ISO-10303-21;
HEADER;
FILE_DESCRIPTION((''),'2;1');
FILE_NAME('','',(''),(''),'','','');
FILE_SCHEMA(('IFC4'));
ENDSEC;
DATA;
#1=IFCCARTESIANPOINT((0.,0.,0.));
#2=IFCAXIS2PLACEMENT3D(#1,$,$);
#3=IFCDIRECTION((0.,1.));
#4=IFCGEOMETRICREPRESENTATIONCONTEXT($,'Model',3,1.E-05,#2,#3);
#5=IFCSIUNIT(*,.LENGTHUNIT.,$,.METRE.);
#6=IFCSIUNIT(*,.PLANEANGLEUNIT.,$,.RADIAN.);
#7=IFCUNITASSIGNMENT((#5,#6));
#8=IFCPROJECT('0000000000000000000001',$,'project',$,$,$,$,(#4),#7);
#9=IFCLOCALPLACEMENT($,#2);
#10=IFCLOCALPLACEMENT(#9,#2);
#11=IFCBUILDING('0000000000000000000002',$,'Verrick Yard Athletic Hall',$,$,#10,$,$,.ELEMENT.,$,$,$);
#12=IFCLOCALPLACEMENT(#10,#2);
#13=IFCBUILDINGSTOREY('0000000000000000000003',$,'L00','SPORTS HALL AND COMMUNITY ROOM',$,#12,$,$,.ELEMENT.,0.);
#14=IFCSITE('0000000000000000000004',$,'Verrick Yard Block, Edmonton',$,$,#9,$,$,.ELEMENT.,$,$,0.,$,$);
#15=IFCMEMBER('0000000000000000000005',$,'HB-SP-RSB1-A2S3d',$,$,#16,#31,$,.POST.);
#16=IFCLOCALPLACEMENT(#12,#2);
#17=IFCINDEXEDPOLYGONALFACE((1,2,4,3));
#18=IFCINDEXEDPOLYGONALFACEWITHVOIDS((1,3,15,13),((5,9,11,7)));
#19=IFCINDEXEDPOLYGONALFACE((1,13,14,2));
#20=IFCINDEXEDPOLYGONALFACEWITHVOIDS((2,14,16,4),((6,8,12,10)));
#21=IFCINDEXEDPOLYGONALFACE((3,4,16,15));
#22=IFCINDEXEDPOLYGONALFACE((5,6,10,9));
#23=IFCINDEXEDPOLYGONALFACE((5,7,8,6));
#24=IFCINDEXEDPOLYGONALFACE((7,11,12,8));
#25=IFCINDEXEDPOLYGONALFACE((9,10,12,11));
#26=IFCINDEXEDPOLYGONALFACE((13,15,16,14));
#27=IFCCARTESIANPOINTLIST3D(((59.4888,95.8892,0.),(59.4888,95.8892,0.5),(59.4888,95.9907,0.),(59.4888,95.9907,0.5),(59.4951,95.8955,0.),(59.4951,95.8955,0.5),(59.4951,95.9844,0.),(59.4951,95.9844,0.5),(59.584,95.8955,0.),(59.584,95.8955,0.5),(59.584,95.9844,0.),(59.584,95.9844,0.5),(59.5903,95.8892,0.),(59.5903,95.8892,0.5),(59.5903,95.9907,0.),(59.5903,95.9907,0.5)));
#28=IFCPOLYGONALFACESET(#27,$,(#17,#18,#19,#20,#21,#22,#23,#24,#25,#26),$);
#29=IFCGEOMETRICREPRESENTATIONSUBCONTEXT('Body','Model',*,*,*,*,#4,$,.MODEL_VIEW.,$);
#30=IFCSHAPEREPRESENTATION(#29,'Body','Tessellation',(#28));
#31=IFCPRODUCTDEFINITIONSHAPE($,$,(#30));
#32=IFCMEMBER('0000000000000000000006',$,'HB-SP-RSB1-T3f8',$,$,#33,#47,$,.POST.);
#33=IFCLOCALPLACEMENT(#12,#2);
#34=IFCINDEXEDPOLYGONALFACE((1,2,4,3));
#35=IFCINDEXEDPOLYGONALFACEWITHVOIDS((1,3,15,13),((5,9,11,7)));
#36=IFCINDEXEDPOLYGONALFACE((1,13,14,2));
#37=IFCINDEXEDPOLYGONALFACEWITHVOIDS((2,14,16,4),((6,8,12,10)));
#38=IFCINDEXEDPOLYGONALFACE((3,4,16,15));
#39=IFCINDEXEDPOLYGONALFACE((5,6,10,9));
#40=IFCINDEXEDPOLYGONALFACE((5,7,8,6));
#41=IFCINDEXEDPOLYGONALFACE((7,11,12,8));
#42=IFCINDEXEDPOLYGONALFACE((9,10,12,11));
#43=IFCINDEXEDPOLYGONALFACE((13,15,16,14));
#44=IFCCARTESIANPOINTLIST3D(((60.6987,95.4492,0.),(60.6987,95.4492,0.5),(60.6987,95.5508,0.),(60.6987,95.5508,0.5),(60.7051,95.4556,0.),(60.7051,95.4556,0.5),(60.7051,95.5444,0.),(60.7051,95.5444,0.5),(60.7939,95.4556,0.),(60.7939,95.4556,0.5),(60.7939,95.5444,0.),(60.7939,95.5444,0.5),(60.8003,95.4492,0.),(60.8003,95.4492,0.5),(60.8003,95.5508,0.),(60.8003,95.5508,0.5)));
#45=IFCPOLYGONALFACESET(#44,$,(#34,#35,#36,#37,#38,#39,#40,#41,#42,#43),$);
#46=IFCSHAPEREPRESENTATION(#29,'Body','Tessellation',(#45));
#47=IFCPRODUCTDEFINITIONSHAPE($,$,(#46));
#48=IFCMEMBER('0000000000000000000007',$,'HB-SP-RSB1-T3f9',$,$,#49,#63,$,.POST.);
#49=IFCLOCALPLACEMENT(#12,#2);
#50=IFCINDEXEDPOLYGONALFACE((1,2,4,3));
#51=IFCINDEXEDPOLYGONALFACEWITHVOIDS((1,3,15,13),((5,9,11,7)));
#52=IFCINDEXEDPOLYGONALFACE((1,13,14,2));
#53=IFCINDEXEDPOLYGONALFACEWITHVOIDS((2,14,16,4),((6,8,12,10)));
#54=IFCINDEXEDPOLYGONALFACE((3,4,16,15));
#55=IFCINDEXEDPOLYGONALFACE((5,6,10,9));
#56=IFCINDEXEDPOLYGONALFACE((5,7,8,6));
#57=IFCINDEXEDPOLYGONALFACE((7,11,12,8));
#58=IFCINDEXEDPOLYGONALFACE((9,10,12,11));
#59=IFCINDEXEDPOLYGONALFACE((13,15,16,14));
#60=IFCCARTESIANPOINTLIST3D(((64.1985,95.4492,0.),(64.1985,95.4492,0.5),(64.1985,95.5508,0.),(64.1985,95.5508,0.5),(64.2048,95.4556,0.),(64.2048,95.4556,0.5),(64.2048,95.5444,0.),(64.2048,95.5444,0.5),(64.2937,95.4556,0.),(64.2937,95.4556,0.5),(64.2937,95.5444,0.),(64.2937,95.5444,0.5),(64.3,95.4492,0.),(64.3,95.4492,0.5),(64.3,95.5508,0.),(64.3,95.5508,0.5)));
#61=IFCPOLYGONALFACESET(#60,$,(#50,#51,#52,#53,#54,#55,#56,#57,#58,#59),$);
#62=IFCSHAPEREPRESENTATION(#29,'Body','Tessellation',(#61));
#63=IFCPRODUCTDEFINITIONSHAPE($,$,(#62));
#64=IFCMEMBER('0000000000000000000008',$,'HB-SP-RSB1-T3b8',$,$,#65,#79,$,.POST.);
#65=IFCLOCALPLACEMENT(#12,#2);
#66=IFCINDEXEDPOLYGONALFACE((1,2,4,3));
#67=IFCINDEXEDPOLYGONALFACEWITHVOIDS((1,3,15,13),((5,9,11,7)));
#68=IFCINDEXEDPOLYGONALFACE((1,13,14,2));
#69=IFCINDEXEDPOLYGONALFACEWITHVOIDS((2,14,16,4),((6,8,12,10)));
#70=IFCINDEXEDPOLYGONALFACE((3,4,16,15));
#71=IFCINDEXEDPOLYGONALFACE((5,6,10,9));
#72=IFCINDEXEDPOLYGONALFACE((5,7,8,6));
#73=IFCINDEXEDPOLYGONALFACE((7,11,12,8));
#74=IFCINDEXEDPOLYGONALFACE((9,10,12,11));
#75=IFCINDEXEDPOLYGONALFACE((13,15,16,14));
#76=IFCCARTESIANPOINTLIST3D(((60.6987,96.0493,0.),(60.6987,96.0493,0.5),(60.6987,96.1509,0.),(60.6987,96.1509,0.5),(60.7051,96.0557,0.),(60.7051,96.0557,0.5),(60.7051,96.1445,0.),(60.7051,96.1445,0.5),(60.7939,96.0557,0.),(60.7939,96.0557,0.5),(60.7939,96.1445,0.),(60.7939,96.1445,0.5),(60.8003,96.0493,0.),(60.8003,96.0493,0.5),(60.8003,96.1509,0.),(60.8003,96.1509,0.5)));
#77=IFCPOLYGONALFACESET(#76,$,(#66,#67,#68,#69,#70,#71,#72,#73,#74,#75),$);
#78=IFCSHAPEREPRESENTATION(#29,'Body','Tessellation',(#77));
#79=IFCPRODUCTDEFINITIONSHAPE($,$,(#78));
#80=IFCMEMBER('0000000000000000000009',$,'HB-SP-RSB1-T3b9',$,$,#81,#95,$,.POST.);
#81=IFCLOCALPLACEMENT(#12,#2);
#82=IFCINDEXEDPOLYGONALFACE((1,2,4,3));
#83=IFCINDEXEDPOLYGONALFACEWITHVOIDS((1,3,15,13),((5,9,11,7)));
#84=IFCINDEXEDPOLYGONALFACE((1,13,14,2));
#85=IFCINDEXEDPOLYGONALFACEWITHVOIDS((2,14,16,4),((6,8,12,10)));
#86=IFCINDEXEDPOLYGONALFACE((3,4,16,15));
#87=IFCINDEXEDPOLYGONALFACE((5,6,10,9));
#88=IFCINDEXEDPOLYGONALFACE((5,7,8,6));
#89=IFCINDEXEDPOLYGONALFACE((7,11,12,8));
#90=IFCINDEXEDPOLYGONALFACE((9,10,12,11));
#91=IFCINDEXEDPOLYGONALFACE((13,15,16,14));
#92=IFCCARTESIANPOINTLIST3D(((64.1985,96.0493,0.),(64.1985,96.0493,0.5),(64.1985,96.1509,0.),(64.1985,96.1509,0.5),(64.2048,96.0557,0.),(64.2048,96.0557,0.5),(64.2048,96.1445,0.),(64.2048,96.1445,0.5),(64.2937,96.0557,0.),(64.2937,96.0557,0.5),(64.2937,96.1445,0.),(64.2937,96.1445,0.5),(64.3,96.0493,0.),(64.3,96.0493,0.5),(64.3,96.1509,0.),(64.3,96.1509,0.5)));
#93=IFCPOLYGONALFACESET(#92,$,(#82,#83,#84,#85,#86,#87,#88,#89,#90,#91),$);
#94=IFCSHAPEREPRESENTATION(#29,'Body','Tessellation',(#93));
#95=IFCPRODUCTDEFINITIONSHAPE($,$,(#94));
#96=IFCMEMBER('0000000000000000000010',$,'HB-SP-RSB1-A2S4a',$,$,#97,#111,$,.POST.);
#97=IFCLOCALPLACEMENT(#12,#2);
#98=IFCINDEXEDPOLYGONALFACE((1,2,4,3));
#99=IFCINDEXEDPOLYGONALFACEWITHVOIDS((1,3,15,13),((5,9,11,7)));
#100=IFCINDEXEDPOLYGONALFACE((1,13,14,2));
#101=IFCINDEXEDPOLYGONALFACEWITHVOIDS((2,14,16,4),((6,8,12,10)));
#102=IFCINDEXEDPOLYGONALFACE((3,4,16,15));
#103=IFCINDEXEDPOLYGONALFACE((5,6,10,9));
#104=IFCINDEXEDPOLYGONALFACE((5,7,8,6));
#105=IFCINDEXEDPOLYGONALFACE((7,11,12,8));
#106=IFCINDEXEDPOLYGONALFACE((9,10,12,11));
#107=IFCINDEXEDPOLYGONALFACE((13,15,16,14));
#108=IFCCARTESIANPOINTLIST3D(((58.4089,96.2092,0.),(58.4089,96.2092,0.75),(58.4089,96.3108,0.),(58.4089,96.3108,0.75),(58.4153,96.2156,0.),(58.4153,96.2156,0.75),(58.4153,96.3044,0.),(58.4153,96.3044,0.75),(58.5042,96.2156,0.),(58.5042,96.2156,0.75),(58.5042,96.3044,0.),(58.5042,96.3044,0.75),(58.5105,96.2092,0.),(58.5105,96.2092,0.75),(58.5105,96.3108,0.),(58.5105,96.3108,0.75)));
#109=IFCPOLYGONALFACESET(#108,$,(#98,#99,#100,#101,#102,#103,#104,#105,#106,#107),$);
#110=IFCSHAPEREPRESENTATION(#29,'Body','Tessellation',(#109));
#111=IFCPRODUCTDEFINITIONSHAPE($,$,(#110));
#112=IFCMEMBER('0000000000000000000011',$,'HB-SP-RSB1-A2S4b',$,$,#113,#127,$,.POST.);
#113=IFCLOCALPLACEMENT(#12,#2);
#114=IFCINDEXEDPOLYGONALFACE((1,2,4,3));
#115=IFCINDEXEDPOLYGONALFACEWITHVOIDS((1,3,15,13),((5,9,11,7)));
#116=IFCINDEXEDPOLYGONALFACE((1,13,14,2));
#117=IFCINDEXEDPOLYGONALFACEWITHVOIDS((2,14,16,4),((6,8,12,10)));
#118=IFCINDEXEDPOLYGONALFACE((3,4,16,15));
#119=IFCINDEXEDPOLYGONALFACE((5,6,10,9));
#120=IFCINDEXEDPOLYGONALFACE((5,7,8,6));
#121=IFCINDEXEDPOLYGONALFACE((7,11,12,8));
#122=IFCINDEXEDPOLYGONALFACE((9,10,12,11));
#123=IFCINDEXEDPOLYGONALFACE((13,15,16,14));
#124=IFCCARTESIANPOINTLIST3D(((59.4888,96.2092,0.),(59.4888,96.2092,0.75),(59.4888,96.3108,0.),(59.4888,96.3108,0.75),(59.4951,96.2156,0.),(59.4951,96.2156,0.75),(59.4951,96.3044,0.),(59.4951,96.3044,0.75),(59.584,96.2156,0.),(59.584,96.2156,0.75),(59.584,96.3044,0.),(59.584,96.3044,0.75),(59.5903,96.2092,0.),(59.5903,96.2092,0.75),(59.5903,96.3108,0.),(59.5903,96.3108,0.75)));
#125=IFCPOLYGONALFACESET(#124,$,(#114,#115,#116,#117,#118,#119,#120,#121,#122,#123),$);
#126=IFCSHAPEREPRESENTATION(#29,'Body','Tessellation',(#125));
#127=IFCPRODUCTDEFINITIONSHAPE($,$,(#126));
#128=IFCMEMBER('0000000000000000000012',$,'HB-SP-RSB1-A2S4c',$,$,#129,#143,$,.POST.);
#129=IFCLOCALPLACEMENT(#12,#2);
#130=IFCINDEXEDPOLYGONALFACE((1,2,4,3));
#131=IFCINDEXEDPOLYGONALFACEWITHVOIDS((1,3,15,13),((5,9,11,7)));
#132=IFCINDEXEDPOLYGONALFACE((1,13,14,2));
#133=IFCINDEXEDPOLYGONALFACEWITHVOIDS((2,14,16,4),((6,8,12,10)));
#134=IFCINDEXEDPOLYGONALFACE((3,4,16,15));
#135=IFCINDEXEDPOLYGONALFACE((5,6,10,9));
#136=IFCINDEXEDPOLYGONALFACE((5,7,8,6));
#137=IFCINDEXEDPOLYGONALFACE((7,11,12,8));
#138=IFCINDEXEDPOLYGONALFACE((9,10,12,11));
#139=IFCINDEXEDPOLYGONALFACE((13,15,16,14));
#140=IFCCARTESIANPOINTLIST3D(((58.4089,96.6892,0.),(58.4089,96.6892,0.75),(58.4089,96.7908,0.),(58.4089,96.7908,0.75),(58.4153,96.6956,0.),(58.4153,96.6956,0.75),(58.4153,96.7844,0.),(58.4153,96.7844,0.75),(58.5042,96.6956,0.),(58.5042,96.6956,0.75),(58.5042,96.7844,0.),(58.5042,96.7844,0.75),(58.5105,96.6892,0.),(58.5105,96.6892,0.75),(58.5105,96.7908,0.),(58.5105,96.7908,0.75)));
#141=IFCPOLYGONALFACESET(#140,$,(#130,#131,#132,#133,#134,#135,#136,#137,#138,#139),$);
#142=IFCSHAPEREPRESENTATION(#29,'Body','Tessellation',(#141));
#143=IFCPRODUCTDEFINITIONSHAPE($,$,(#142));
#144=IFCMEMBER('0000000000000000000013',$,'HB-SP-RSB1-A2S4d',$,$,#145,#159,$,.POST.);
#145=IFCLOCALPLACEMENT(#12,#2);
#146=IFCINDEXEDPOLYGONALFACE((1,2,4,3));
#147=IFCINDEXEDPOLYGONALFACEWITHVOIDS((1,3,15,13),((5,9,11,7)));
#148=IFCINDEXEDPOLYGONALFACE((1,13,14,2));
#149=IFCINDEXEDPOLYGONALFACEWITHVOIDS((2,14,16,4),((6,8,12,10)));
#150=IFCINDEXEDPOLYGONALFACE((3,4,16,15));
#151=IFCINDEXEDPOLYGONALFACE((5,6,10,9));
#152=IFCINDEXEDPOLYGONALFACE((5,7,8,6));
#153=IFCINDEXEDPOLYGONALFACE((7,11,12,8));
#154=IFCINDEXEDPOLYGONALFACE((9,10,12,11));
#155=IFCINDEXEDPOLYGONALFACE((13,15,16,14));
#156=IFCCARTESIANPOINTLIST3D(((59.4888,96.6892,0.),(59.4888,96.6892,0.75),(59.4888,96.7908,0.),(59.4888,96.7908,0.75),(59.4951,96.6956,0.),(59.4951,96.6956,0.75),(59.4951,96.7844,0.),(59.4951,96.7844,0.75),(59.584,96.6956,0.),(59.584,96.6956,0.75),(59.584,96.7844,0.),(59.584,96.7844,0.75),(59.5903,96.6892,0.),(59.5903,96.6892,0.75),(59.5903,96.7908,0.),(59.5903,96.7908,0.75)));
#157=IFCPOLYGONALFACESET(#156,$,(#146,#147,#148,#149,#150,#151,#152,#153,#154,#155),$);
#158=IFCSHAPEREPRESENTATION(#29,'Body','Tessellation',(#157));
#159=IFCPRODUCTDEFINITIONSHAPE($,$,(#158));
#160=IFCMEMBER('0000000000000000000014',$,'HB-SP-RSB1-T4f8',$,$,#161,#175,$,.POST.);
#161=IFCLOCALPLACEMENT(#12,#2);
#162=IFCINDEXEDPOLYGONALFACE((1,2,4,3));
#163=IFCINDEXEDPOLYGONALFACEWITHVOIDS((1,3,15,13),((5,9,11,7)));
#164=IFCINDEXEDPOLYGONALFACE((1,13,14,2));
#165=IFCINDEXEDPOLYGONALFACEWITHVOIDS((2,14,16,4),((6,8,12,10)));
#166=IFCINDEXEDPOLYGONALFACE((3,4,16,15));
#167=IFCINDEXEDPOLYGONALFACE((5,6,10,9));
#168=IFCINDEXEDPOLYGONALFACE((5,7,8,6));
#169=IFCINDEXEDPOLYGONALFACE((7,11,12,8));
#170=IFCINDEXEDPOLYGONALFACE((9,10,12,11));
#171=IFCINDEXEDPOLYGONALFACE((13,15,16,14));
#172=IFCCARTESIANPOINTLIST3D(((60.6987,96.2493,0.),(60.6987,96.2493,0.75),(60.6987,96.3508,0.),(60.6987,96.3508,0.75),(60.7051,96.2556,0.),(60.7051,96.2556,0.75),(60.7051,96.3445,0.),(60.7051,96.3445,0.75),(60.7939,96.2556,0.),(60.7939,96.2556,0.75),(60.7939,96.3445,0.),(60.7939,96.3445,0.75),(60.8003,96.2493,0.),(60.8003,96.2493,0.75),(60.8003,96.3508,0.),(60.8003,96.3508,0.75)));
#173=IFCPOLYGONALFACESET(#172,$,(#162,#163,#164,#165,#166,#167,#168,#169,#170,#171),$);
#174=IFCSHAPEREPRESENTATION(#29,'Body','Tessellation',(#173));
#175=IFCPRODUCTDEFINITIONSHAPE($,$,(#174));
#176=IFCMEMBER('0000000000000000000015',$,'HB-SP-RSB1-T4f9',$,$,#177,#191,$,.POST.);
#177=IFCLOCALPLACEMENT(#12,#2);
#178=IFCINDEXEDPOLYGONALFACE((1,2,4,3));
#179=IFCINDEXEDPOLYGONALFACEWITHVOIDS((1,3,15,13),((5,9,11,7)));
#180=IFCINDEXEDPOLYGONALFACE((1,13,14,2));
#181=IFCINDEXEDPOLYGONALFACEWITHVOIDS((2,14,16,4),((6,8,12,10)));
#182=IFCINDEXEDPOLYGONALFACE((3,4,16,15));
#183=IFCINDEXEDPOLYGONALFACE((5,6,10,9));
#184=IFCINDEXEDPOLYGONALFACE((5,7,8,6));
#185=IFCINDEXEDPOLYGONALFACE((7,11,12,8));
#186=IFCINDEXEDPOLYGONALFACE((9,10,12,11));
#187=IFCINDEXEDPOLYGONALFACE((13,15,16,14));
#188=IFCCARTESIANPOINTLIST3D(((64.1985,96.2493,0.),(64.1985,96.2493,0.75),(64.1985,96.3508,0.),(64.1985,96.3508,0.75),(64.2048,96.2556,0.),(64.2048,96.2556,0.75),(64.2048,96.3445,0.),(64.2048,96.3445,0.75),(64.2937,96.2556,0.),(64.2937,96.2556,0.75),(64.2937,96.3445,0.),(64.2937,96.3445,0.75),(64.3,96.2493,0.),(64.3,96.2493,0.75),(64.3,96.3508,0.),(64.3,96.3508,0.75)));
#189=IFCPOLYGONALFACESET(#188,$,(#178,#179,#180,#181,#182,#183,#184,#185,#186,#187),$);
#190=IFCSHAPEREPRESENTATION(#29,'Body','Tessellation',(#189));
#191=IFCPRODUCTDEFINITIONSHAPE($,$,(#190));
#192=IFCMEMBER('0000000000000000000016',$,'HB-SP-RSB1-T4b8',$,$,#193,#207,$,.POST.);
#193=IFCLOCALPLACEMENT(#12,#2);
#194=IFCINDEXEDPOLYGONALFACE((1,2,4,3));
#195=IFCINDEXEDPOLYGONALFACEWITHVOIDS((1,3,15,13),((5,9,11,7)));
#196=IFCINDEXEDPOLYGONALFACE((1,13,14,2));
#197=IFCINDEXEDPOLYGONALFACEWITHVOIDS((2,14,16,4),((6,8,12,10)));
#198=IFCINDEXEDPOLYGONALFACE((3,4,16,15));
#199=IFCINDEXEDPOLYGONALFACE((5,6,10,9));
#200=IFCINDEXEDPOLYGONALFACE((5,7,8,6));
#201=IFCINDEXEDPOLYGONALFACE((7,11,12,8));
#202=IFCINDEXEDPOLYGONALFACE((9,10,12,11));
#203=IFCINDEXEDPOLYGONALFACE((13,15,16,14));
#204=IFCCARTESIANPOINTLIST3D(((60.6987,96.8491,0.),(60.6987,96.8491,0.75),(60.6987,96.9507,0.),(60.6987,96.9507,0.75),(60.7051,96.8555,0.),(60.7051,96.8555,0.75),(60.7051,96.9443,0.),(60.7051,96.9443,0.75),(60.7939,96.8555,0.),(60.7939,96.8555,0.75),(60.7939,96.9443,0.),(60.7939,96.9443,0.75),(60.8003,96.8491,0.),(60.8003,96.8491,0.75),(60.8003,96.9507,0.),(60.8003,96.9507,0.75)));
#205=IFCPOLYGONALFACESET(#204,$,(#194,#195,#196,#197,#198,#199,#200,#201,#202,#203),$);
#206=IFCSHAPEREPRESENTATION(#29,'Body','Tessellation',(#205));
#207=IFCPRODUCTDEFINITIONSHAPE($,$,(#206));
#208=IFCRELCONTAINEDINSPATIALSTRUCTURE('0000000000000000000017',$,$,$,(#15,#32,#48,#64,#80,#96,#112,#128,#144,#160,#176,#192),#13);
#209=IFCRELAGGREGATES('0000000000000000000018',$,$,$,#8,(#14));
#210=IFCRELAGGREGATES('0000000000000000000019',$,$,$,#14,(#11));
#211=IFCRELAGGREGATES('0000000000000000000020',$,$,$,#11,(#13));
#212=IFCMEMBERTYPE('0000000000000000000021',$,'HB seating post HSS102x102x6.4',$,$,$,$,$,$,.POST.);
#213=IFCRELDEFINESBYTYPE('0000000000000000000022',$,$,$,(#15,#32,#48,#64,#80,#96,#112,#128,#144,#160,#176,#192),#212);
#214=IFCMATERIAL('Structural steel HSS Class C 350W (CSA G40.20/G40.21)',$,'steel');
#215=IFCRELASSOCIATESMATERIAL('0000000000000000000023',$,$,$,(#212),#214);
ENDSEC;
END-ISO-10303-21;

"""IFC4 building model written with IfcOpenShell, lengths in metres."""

from ifc_helpers import new_model, si_unit, direction, frame, origin, origin_2d, place, context, subcontext, project, spatial, hollow_rectangle, extrude, material, material_profile, profile_set, type_object, element, save


model = new_model("IFC4")

# Units and contexts
model_context = context("Model", 3, precision=1e-05, world=origin(), true_north=direction((0.0, 1.0)))
body_context = subcontext(model_context, "Body", "Model", "MODEL_VIEW")
ifc_project = project(units=[si_unit("LENGTHUNIT", "METRE"), si_unit("PLANEANGLEUNIT", "RADIAN")], contexts=[model_context])

# Site, building, storey
site_placement = place(None, origin())
site = spatial("IfcSite", under=ifc_project, at=site_placement, Name="Verrick Yard Block, Edmonton", CompositionType="ELEMENT", RefElevation=0.0)
building_placement = place(site_placement, origin())
building = spatial("IfcBuilding", under=site, at=building_placement, Name="Verrick Yard Athletic Hall", CompositionType="ELEMENT")
storey_placement = place(building_placement, origin())
storey = spatial("IfcBuildingStorey", under=building, at=storey_placement, Name="L00", Description="SPORTS HALL AND COMMUNITY ROOM", CompositionType="ELEMENT", Elevation=0.0)

# Members
ifc_material = material(Name="Structural steel HSS Class C 350W (CSA G40.20/G40.21)", Category="steel")
ifc_material_profile_1 = material_profile(ifc_material, hollow_rectangle(XDim=0.1016, YDim=0.1016, WallThickness=0.0063, at=origin_2d()), Name="HSS102x102x6.4")
ifc_profile_set_1 = profile_set([ifc_material_profile_1], Name="Structural steel HSS Class C 350W (CSA G40.20/G40.21)")
member_type_1 = type_object("IfcMemberType", Name="HB seating post HSS102x102x6.4", PredefinedType="POST", material=ifc_profile_set_1)
for number, where, z_axis, x_axis, name in (
    (1, (59.5396, 95.9399, 0.0), (0.0, 0.0, 1.0), (0.0, 1.0, 0.0), "HB-SP-RSB1-A2S3d"),
    (2, (60.7495, 95.5, 0.0), (0.0, 0.0, 1.0), (0.0, 1.0, 0.0), "HB-SP-RSB1-T3f8"),
    (3, (64.2493, 95.5, 0.0), (0.0, 0.0, 1.0), (0.0, 1.0, 0.0), "HB-SP-RSB1-T3f9"),
    (4, (60.7495, 96.1001, 0.0), (0.0, 0.0, 1.0), (0.0, 1.0, 0.0), "HB-SP-RSB1-T3b8"),
    (5, (64.2493, 96.1001, 0.0), (0.0, 0.0, 1.0), (0.0, 1.0, 0.0), "HB-SP-RSB1-T3b9"),
):
    element("IfcMember", number, at=place(storey_placement, frame(where, z_axis=z_axis, x_axis=x_axis)), inside=storey, type_object=member_type_1, Name=name, PredefinedType="POST", context=body_context, shape_type="SweptSolid", body=[
        extrude(hollow_rectangle(XDim=0.1016, YDim=0.1016, WallThickness=0.0063, at=origin_2d()), origin(), (0.0, 0.0, 1.0), 0.5),
    ])
for number, where, z_axis, x_axis, name in (
    (6, (58.4597, 96.26, 0.0), (0.0, 0.0, 1.0), (0.0, 1.0, 0.0), "HB-SP-RSB1-A2S4a"),
    (7, (59.5396, 96.26, 0.0), (0.0, 0.0, 1.0), (0.0, 1.0, 0.0), "HB-SP-RSB1-A2S4b"),
    (8, (58.4597, 96.74, 0.0), (0.0, 0.0, 1.0), (0.0, 1.0, 0.0), "HB-SP-RSB1-A2S4c"),
    (9, (59.5396, 96.74, 0.0), (0.0, 0.0, 1.0), (0.0, 1.0, 0.0), "HB-SP-RSB1-A2S4d"),
    (10, (60.7495, 96.3, 0.0), (0.0, 0.0, 1.0), (0.0, 1.0, 0.0), "HB-SP-RSB1-T4f8"),
    (11, (64.2493, 96.3, 0.0), (0.0, 0.0, 1.0), (0.0, 1.0, 0.0), "HB-SP-RSB1-T4f9"),
    (12, (60.7495, 96.8999, 0.0), (0.0, 0.0, 1.0), (0.0, 1.0, 0.0), "HB-SP-RSB1-T4b8"),
):
    element("IfcMember", number, at=place(storey_placement, frame(where, z_axis=z_axis, x_axis=x_axis)), inside=storey, type_object=member_type_1, Name=name, PredefinedType="POST", context=body_context, shape_type="SweptSolid", body=[
        extrude(hollow_rectangle(XDim=0.1016, YDim=0.1016, WallThickness=0.0063, at=origin_2d()), origin(), (0.0, 0.0, 1.0), 0.75),
    ])

save(model, "model.ifc")
